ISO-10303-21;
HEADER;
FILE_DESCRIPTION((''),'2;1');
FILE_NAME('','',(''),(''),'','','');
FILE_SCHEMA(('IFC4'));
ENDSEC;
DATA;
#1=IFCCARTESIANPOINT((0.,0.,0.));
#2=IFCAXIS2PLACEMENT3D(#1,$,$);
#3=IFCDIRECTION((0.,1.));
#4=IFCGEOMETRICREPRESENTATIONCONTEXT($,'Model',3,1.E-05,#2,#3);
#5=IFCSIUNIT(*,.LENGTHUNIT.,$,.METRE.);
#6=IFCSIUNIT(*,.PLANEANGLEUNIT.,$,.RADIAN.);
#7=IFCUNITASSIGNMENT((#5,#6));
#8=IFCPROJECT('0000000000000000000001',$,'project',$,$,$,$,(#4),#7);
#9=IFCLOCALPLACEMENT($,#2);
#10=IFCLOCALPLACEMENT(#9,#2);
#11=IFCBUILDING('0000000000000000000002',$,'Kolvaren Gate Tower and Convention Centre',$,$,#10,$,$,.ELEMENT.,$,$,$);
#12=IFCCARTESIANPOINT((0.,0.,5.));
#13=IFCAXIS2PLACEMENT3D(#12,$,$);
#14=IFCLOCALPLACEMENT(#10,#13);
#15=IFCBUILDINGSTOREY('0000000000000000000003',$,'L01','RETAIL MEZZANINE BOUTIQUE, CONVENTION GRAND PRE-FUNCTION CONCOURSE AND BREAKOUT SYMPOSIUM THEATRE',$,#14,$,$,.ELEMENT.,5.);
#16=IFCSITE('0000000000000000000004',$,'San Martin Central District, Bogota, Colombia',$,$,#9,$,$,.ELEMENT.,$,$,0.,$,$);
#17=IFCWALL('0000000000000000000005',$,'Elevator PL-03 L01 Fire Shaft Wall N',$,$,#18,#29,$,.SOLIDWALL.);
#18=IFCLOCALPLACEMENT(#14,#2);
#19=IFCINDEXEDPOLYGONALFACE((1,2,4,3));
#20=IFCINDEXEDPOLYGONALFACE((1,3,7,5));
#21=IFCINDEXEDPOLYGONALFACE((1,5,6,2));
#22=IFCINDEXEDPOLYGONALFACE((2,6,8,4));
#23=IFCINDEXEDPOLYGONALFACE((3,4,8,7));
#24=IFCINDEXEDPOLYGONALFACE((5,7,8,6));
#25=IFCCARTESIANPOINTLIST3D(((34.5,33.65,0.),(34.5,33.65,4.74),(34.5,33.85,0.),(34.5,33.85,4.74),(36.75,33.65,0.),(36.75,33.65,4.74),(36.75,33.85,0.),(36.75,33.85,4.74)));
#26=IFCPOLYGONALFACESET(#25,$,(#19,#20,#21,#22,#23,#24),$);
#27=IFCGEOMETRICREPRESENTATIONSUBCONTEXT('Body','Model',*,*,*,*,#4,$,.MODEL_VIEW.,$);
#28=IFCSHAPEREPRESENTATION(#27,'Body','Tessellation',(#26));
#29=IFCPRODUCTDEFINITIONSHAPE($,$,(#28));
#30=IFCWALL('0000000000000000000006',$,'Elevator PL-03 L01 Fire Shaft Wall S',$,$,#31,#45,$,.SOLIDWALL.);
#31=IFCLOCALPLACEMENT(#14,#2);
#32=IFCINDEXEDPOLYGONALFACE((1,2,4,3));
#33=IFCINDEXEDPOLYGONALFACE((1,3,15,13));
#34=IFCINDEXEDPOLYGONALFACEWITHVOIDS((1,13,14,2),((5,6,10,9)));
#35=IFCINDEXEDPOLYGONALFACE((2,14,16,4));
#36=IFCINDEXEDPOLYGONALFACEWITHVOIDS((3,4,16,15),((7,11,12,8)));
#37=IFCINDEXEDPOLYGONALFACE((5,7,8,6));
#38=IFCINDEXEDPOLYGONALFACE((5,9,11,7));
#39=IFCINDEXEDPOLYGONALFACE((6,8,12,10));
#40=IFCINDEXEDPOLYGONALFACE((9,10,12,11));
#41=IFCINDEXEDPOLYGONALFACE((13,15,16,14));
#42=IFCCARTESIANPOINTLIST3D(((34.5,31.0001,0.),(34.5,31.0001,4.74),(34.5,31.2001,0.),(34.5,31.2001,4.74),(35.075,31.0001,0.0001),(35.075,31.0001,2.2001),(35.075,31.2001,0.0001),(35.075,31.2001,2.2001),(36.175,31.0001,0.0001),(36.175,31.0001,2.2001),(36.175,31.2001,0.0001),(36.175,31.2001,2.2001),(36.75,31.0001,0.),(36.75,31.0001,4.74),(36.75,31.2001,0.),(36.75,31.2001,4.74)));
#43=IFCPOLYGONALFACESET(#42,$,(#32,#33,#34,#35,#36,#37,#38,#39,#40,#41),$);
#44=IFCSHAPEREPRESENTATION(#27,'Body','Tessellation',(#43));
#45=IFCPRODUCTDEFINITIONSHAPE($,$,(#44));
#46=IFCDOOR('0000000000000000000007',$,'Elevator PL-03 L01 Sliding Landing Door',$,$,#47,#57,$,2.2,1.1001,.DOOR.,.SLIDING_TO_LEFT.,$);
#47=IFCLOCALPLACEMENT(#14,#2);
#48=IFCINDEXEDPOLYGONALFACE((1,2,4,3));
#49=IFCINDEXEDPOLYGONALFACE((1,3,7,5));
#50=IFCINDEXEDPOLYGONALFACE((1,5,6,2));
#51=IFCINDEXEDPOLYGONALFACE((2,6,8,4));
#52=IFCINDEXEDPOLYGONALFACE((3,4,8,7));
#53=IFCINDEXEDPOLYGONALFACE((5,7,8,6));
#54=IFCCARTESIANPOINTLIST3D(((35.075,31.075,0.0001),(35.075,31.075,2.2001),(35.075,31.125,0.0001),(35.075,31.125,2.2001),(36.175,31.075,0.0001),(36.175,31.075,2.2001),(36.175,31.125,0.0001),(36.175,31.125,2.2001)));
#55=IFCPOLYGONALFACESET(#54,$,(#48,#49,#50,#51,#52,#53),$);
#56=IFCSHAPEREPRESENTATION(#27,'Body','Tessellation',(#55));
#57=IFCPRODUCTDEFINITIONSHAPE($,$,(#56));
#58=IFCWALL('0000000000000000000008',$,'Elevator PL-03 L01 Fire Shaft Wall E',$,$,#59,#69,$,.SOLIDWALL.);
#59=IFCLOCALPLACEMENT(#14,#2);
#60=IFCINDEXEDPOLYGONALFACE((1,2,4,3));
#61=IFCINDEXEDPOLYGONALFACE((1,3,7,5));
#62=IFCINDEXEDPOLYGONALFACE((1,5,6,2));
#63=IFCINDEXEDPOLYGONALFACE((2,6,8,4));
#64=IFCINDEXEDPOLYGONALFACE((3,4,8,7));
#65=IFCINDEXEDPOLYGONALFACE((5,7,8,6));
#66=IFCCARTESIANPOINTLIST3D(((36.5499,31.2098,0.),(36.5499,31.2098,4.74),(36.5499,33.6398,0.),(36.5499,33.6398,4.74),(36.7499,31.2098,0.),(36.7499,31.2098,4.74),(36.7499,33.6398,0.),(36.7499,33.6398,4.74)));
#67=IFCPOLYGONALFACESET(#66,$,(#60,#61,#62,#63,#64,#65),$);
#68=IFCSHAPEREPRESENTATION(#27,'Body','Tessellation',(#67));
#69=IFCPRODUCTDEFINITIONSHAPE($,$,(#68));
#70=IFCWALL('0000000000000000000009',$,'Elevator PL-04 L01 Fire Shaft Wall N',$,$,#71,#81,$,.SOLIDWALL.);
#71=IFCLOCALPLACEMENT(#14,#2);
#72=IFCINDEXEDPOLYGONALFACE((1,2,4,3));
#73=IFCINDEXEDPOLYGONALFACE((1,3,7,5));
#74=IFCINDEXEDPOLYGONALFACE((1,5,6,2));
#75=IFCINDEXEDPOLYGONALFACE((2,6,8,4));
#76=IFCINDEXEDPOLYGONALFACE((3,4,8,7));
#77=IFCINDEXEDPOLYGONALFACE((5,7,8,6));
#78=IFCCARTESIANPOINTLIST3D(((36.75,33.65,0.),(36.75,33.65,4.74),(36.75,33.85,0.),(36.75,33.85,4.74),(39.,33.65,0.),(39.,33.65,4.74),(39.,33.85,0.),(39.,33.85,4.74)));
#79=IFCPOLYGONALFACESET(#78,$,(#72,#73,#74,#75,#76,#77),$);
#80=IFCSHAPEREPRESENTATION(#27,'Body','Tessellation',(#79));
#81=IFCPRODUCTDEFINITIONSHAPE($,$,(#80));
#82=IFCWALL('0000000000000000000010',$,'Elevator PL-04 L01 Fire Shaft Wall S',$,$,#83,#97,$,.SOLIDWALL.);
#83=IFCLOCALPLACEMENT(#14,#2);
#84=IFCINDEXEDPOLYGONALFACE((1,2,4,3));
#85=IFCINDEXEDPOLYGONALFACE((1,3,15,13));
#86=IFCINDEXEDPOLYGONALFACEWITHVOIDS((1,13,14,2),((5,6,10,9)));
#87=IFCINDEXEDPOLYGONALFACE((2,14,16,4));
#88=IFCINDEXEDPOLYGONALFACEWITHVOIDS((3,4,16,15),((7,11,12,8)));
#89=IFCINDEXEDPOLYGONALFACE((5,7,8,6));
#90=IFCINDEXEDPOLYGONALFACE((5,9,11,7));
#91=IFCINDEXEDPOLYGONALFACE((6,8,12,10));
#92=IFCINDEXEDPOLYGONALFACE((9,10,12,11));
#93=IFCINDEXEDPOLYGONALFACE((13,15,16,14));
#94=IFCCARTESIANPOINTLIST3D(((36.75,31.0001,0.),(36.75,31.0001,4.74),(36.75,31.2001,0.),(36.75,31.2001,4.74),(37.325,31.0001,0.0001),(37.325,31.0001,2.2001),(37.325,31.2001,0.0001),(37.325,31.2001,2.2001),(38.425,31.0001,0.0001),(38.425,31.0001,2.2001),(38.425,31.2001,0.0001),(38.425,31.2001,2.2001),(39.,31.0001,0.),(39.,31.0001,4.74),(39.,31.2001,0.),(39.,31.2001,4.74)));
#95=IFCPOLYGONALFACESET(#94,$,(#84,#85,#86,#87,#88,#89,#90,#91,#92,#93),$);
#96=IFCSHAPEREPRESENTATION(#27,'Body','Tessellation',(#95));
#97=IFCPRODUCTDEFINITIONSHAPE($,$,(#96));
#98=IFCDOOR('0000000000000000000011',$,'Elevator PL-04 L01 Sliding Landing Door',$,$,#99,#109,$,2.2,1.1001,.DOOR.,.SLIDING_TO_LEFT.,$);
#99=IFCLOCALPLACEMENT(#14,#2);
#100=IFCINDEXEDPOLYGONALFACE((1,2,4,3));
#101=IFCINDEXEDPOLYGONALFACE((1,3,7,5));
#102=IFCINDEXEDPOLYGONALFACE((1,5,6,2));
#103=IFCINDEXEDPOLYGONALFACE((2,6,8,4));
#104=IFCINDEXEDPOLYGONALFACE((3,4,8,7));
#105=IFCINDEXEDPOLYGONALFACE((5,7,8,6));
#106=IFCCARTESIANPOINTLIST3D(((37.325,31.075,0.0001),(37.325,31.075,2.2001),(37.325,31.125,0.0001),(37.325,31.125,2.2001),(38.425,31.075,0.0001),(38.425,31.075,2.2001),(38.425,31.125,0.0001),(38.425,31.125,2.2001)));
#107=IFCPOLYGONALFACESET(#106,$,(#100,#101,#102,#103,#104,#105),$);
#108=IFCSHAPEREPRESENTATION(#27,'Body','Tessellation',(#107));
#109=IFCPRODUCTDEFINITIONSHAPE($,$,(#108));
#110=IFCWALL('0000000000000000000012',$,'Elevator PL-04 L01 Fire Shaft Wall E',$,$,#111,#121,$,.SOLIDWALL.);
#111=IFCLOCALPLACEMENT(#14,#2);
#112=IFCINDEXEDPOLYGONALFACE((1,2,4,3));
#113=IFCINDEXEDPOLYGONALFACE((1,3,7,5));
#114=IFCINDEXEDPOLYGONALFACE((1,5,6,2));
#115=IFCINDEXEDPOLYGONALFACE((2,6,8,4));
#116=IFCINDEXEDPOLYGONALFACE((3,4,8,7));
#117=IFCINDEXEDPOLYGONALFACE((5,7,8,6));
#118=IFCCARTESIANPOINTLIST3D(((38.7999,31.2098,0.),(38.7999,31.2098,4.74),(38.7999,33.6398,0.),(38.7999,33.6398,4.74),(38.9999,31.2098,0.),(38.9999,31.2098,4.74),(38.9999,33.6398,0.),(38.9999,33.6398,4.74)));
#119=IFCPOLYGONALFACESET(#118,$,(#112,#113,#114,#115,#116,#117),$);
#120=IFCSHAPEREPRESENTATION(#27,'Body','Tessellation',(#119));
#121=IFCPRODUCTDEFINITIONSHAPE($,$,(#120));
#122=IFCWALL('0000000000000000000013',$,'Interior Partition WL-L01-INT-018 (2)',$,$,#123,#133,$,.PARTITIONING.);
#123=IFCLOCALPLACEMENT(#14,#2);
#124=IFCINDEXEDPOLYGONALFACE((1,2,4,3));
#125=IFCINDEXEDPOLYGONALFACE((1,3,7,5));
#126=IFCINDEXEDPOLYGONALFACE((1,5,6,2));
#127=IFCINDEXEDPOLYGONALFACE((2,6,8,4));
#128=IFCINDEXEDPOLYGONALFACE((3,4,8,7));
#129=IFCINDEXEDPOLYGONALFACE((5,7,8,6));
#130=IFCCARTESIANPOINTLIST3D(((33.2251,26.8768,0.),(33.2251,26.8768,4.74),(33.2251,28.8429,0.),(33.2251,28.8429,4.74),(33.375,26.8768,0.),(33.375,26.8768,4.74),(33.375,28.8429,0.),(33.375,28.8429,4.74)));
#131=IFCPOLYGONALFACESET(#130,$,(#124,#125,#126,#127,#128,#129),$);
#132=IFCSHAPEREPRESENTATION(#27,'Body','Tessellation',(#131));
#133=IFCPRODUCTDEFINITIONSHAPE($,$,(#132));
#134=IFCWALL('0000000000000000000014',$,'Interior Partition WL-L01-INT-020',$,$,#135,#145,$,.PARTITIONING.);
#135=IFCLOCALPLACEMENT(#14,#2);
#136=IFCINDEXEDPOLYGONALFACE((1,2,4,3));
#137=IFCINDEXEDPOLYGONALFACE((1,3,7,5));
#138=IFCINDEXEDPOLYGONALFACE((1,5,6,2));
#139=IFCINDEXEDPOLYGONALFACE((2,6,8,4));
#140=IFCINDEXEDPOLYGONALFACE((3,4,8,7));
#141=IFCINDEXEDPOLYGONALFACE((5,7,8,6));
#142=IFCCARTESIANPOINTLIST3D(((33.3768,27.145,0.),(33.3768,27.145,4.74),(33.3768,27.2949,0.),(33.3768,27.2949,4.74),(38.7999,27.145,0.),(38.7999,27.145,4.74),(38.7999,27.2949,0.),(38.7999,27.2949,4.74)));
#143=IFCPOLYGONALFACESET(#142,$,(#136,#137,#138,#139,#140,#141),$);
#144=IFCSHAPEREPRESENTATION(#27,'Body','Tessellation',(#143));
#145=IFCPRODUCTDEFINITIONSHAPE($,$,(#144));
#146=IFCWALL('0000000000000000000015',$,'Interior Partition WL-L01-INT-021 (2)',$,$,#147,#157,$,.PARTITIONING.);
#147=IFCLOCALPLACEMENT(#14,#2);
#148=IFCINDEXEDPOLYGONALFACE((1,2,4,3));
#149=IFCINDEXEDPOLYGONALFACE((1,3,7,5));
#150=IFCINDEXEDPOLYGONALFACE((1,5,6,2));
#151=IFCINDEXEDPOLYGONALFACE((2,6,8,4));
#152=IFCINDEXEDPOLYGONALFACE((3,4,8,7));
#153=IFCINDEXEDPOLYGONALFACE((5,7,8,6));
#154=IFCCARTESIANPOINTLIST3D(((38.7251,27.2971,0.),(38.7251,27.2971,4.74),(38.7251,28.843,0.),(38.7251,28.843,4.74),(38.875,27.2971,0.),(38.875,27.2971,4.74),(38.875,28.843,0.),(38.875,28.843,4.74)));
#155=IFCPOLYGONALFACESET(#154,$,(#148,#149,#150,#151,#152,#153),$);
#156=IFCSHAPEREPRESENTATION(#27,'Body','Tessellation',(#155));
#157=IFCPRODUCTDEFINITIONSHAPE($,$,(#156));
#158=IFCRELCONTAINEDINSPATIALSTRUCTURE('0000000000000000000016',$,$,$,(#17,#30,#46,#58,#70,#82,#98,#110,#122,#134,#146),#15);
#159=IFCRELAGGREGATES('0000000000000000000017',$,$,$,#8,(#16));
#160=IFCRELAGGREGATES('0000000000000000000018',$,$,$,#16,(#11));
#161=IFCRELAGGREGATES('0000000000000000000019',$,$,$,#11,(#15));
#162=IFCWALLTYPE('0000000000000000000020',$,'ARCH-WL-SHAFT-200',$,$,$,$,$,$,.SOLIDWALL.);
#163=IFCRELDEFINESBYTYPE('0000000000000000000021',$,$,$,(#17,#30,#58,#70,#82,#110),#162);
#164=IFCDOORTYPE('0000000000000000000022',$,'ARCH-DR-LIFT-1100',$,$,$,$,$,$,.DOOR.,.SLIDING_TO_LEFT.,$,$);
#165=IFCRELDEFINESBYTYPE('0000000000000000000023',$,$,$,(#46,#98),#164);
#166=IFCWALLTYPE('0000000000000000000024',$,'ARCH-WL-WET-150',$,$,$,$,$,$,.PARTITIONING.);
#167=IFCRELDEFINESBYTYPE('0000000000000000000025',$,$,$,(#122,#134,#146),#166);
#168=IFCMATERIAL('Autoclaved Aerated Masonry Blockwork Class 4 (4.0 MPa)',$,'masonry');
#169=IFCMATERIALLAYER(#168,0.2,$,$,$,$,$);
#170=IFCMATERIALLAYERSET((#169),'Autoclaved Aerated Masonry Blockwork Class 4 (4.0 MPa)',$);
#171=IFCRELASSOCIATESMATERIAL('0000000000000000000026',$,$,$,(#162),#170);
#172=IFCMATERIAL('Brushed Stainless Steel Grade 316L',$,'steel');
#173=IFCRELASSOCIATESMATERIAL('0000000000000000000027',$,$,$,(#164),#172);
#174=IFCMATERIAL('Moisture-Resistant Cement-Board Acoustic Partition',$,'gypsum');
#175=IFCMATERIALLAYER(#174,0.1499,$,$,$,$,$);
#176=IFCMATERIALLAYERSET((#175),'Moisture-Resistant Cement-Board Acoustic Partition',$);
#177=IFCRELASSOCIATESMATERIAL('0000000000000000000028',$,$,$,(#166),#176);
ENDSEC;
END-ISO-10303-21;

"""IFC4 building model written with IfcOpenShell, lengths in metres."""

from ifc_helpers import new_model, si_unit, direction, frame, frame_2d, origin, place, context, subcontext, project, spatial, rectangle, extrude, material, layer, layer_set, type_object, element, fill, save


model = new_model("IFC4")

# Units and contexts
model_context = context("Model", 3, precision=1e-05, world=origin(), true_north=direction((0.0, 1.0)))
body_context = subcontext(model_context, "Body", "Model", "MODEL_VIEW")
ifc_project = project(units=[si_unit("LENGTHUNIT", "METRE"), si_unit("PLANEANGLEUNIT", "RADIAN")], contexts=[model_context])

# Site, building, storey
site_placement = place(None, origin())
site = spatial("IfcSite", under=ifc_project, at=site_placement, Name="San Martin Central District, Bogota, Colombia", CompositionType="ELEMENT", RefElevation=0.0)
building_placement = place(site_placement, origin())
building = spatial("IfcBuilding", under=site, at=building_placement, Name="Kolvaren Gate Tower and Convention Centre", CompositionType="ELEMENT")
storey_placement = place(building_placement, frame((0.0, 0.0, 5.0)))
storey = spatial("IfcBuildingStorey", under=building, at=storey_placement, Name="L01", Description="RETAIL MEZZANINE BOUTIQUE, CONVENTION GRAND PRE-FUNCTION CONCOURSE AND BREAKOUT SYMPOSIUM THEATRE", CompositionType="ELEMENT", Elevation=5.0)

# Wall
ifc_material_1 = material(Name="Autoclaved Aerated Masonry Blockwork Class 4 (4.0 MPa)", Category="masonry")
ifc_layer_1 = layer(ifc_material_1, 0.2)
ifc_layer_set_1 = layer_set([ifc_layer_1], Name="Autoclaved Aerated Masonry Blockwork Class 4 (4.0 MPa)")
wall_type_1 = type_object("IfcWallType", Name="ARCH-WL-SHAFT-200", PredefinedType="SOLIDWALL", material=ifc_layer_set_1)
wall_1_placement = place(storey_placement, frame((34.5, 33.75, 0.0), z_axis=(0.0, 0.0, 1.0), x_axis=(1.0, 0.0, 0.0)))
element("IfcWall", 1, at=wall_1_placement, inside=storey, type_object=wall_type_1, Name="Elevator PL-03 L01 Fire Shaft Wall N", PredefinedType="SOLIDWALL", context=body_context, shape_type="SweptSolid", body=[
    extrude(rectangle(XDim=2.25, YDim=0.2, at=frame_2d((1.125, 0.0))), origin(), (0.0, 0.0, 1.0), 4.74),
])

# Wall, opening, door
wall_2_placement = place(storey_placement, frame((34.5, 31.1001, 0.0), z_axis=(0.0, 0.0, 1.0), x_axis=(1.0, 0.0, 0.0)))
wall_2 = element("IfcWall", 2, at=wall_2_placement, inside=storey, type_object=wall_type_1, Name="Elevator PL-03 L01 Fire Shaft Wall S", PredefinedType="SOLIDWALL", context=body_context, shape_type="SweptSolid", body=[
    extrude(rectangle(XDim=2.25, YDim=0.2, at=frame_2d((1.125, 0.0))), origin(), (0.0, 0.0, 1.0), 4.74),
])
opening_1_placement = place(wall_2_placement, frame((0.575, 0.0, 0.0)))
opening_1 = element("IfcOpeningElement", 3, at=opening_1_placement, cuts=wall_2, PredefinedType="OPENING", context=body_context, shape_type="SweptSolid", body=[
    extrude(rectangle(XDim=1.1001, YDim=2.2, at=frame_2d((0.55, 1.1001))), frame((0.0, 0.1099, 0.0), z_axis=(0.0, -1.0, 0.0), x_axis=(1.0, 0.0, 0.0)), (0.0, 0.0, 1.0), 0.22),
])
ifc_material_2 = material(Name="Brushed Stainless Steel Grade 316L", Category="steel")
door_type = type_object("IfcDoorType", Name="ARCH-DR-LIFT-1100", OperationType="SLIDING_TO_LEFT", PredefinedType="DOOR", material=ifc_material_2)
door_1_placement = place(opening_1_placement, origin())
door_1 = element("IfcDoor", 4, at=door_1_placement, inside=storey, type_object=door_type, Name="Elevator PL-03 L01 Sliding Landing Door", OperationType="SLIDING_TO_LEFT", OverallHeight=2.2, OverallWidth=1.1001, PredefinedType="DOOR", context=body_context, shape_type="SweptSolid", body=[
    extrude(rectangle(XDim=1.1001, YDim=2.2, at=frame_2d((0.55, 1.1001))), frame((0.0, 0.0249, 0.0), z_axis=(0.0, -1.0, 0.0), x_axis=(1.0, 0.0, 0.0)), (0.0, 0.0, 1.0), 0.05),
])
fill(opening_1, door_1)

# Walls
wall_3_placement = place(storey_placement, frame((36.6499, 31.21, 0.0), z_axis=(0.0, 0.0, 1.0), x_axis=(0.0, 1.0, 0.0)))
element("IfcWall", 5, at=wall_3_placement, inside=storey, type_object=wall_type_1, Name="Elevator PL-03 L01 Fire Shaft Wall E", PredefinedType="SOLIDWALL", context=body_context, shape_type="SweptSolid", body=[
    extrude(rectangle(XDim=2.4299, YDim=0.2, at=frame_2d((1.2148, 0.0))), origin(), (0.0, 0.0, 1.0), 4.74),
])
wall_4_placement = place(storey_placement, frame((36.75, 33.75, 0.0), z_axis=(0.0, 0.0, 1.0), x_axis=(1.0, 0.0, 0.0)))
element("IfcWall", 6, at=wall_4_placement, inside=storey, type_object=wall_type_1, Name="Elevator PL-04 L01 Fire Shaft Wall N", PredefinedType="SOLIDWALL", context=body_context, shape_type="SweptSolid", body=[
    extrude(rectangle(XDim=2.25, YDim=0.2, at=frame_2d((1.125, 0.0))), origin(), (0.0, 0.0, 1.0), 4.74),
])

# Wall, opening, door
wall_5_placement = place(storey_placement, frame((36.75, 31.1001, 0.0), z_axis=(0.0, 0.0, 1.0), x_axis=(1.0, 0.0, 0.0)))
wall_5 = element("IfcWall", 7, at=wall_5_placement, inside=storey, type_object=wall_type_1, Name="Elevator PL-04 L01 Fire Shaft Wall S", PredefinedType="SOLIDWALL", context=body_context, shape_type="SweptSolid", body=[
    extrude(rectangle(XDim=2.25, YDim=0.2, at=frame_2d((1.125, 0.0))), origin(), (0.0, 0.0, 1.0), 4.74),
])
opening_2_placement = place(wall_5_placement, frame((0.575, 0.0, 0.0)))
opening_2 = element("IfcOpeningElement", 8, at=opening_2_placement, cuts=wall_5, PredefinedType="OPENING", context=body_context, shape_type="SweptSolid", body=[
    extrude(rectangle(XDim=1.1001, YDim=2.2, at=frame_2d((0.55, 1.1001))), frame((0.0, 0.1099, 0.0), z_axis=(0.0, -1.0, 0.0), x_axis=(1.0, 0.0, 0.0)), (0.0, 0.0, 1.0), 0.22),
])
door_2_placement = place(opening_2_placement, origin())
door_2 = element("IfcDoor", 9, at=door_2_placement, inside=storey, type_object=door_type, Name="Elevator PL-04 L01 Sliding Landing Door", OperationType="SLIDING_TO_LEFT", OverallHeight=2.2, OverallWidth=1.1001, PredefinedType="DOOR", context=body_context, shape_type="SweptSolid", body=[
    extrude(rectangle(XDim=1.1001, YDim=2.2, at=frame_2d((0.55, 1.1001))), frame((0.0, 0.0249, 0.0), z_axis=(0.0, -1.0, 0.0), x_axis=(1.0, 0.0, 0.0)), (0.0, 0.0, 1.0), 0.05),
])
fill(opening_2, door_2)

# Walls
wall_6_placement = place(storey_placement, frame((38.8999, 31.21, 0.0), z_axis=(0.0, 0.0, 1.0), x_axis=(0.0, 1.0, 0.0)))
element("IfcWall", 10, at=wall_6_placement, inside=storey, type_object=wall_type_1, Name="Elevator PL-04 L01 Fire Shaft Wall E", PredefinedType="SOLIDWALL", context=body_context, shape_type="SweptSolid", body=[
    extrude(rectangle(XDim=2.4299, YDim=0.2, at=frame_2d((1.2148, 0.0))), origin(), (0.0, 0.0, 1.0), 4.74),
])
ifc_material_3 = material(Name="Moisture-Resistant Cement-Board Acoustic Partition", Category="gypsum")
ifc_layer_2 = layer(ifc_material_3, 0.1499)
ifc_layer_set_2 = layer_set([ifc_layer_2], Name="Moisture-Resistant Cement-Board Acoustic Partition")
wall_type_2 = type_object("IfcWallType", Name="ARCH-WL-WET-150", PredefinedType="PARTITIONING", material=ifc_layer_set_2)
wall_7_placement = place(storey_placement, frame((33.3, 26.877, 0.0), z_axis=(0.0, 0.0, 1.0), x_axis=(0.0, 1.0, 0.0)))
element("IfcWall", 11, at=wall_7_placement, inside=storey, type_object=wall_type_2, Name="Interior Partition WL-L01-INT-018 (2)", PredefinedType="PARTITIONING", context=body_context, shape_type="SweptSolid", body=[
    extrude(rectangle(XDim=1.9661, YDim=0.1499, at=frame_2d((0.9829, 0.0))), origin(), (0.0, 0.0, 1.0), 4.74),
])
wall_8_placement = place(storey_placement, frame((33.377, 27.22, 0.0), z_axis=(0.0, 0.0, 1.0), x_axis=(1.0, 0.0, 0.0)))
element("IfcWall", 12, at=wall_8_placement, inside=storey, type_object=wall_type_2, Name="Interior Partition WL-L01-INT-020", PredefinedType="PARTITIONING", context=body_context, shape_type="SweptSolid", body=[
    extrude(rectangle(XDim=5.4231, YDim=0.1499, at=frame_2d((2.7114, 0.0))), origin(), (0.0, 0.0, 1.0), 4.74),
])
wall_9_placement = place(storey_placement, frame((38.8, 27.2971, 0.0), z_axis=(0.0, 0.0, 1.0), x_axis=(0.0, 1.0, 0.0)))
element("IfcWall", 13, at=wall_9_placement, inside=storey, type_object=wall_type_2, Name="Interior Partition WL-L01-INT-021 (2)", PredefinedType="PARTITIONING", context=body_context, shape_type="SweptSolid", body=[
    extrude(rectangle(XDim=1.5459, YDim=0.1499, at=frame_2d((0.7729, 0.0))), origin(), (0.0, 0.0, 1.0), 4.74),
])

save(model, "model.ifc")
